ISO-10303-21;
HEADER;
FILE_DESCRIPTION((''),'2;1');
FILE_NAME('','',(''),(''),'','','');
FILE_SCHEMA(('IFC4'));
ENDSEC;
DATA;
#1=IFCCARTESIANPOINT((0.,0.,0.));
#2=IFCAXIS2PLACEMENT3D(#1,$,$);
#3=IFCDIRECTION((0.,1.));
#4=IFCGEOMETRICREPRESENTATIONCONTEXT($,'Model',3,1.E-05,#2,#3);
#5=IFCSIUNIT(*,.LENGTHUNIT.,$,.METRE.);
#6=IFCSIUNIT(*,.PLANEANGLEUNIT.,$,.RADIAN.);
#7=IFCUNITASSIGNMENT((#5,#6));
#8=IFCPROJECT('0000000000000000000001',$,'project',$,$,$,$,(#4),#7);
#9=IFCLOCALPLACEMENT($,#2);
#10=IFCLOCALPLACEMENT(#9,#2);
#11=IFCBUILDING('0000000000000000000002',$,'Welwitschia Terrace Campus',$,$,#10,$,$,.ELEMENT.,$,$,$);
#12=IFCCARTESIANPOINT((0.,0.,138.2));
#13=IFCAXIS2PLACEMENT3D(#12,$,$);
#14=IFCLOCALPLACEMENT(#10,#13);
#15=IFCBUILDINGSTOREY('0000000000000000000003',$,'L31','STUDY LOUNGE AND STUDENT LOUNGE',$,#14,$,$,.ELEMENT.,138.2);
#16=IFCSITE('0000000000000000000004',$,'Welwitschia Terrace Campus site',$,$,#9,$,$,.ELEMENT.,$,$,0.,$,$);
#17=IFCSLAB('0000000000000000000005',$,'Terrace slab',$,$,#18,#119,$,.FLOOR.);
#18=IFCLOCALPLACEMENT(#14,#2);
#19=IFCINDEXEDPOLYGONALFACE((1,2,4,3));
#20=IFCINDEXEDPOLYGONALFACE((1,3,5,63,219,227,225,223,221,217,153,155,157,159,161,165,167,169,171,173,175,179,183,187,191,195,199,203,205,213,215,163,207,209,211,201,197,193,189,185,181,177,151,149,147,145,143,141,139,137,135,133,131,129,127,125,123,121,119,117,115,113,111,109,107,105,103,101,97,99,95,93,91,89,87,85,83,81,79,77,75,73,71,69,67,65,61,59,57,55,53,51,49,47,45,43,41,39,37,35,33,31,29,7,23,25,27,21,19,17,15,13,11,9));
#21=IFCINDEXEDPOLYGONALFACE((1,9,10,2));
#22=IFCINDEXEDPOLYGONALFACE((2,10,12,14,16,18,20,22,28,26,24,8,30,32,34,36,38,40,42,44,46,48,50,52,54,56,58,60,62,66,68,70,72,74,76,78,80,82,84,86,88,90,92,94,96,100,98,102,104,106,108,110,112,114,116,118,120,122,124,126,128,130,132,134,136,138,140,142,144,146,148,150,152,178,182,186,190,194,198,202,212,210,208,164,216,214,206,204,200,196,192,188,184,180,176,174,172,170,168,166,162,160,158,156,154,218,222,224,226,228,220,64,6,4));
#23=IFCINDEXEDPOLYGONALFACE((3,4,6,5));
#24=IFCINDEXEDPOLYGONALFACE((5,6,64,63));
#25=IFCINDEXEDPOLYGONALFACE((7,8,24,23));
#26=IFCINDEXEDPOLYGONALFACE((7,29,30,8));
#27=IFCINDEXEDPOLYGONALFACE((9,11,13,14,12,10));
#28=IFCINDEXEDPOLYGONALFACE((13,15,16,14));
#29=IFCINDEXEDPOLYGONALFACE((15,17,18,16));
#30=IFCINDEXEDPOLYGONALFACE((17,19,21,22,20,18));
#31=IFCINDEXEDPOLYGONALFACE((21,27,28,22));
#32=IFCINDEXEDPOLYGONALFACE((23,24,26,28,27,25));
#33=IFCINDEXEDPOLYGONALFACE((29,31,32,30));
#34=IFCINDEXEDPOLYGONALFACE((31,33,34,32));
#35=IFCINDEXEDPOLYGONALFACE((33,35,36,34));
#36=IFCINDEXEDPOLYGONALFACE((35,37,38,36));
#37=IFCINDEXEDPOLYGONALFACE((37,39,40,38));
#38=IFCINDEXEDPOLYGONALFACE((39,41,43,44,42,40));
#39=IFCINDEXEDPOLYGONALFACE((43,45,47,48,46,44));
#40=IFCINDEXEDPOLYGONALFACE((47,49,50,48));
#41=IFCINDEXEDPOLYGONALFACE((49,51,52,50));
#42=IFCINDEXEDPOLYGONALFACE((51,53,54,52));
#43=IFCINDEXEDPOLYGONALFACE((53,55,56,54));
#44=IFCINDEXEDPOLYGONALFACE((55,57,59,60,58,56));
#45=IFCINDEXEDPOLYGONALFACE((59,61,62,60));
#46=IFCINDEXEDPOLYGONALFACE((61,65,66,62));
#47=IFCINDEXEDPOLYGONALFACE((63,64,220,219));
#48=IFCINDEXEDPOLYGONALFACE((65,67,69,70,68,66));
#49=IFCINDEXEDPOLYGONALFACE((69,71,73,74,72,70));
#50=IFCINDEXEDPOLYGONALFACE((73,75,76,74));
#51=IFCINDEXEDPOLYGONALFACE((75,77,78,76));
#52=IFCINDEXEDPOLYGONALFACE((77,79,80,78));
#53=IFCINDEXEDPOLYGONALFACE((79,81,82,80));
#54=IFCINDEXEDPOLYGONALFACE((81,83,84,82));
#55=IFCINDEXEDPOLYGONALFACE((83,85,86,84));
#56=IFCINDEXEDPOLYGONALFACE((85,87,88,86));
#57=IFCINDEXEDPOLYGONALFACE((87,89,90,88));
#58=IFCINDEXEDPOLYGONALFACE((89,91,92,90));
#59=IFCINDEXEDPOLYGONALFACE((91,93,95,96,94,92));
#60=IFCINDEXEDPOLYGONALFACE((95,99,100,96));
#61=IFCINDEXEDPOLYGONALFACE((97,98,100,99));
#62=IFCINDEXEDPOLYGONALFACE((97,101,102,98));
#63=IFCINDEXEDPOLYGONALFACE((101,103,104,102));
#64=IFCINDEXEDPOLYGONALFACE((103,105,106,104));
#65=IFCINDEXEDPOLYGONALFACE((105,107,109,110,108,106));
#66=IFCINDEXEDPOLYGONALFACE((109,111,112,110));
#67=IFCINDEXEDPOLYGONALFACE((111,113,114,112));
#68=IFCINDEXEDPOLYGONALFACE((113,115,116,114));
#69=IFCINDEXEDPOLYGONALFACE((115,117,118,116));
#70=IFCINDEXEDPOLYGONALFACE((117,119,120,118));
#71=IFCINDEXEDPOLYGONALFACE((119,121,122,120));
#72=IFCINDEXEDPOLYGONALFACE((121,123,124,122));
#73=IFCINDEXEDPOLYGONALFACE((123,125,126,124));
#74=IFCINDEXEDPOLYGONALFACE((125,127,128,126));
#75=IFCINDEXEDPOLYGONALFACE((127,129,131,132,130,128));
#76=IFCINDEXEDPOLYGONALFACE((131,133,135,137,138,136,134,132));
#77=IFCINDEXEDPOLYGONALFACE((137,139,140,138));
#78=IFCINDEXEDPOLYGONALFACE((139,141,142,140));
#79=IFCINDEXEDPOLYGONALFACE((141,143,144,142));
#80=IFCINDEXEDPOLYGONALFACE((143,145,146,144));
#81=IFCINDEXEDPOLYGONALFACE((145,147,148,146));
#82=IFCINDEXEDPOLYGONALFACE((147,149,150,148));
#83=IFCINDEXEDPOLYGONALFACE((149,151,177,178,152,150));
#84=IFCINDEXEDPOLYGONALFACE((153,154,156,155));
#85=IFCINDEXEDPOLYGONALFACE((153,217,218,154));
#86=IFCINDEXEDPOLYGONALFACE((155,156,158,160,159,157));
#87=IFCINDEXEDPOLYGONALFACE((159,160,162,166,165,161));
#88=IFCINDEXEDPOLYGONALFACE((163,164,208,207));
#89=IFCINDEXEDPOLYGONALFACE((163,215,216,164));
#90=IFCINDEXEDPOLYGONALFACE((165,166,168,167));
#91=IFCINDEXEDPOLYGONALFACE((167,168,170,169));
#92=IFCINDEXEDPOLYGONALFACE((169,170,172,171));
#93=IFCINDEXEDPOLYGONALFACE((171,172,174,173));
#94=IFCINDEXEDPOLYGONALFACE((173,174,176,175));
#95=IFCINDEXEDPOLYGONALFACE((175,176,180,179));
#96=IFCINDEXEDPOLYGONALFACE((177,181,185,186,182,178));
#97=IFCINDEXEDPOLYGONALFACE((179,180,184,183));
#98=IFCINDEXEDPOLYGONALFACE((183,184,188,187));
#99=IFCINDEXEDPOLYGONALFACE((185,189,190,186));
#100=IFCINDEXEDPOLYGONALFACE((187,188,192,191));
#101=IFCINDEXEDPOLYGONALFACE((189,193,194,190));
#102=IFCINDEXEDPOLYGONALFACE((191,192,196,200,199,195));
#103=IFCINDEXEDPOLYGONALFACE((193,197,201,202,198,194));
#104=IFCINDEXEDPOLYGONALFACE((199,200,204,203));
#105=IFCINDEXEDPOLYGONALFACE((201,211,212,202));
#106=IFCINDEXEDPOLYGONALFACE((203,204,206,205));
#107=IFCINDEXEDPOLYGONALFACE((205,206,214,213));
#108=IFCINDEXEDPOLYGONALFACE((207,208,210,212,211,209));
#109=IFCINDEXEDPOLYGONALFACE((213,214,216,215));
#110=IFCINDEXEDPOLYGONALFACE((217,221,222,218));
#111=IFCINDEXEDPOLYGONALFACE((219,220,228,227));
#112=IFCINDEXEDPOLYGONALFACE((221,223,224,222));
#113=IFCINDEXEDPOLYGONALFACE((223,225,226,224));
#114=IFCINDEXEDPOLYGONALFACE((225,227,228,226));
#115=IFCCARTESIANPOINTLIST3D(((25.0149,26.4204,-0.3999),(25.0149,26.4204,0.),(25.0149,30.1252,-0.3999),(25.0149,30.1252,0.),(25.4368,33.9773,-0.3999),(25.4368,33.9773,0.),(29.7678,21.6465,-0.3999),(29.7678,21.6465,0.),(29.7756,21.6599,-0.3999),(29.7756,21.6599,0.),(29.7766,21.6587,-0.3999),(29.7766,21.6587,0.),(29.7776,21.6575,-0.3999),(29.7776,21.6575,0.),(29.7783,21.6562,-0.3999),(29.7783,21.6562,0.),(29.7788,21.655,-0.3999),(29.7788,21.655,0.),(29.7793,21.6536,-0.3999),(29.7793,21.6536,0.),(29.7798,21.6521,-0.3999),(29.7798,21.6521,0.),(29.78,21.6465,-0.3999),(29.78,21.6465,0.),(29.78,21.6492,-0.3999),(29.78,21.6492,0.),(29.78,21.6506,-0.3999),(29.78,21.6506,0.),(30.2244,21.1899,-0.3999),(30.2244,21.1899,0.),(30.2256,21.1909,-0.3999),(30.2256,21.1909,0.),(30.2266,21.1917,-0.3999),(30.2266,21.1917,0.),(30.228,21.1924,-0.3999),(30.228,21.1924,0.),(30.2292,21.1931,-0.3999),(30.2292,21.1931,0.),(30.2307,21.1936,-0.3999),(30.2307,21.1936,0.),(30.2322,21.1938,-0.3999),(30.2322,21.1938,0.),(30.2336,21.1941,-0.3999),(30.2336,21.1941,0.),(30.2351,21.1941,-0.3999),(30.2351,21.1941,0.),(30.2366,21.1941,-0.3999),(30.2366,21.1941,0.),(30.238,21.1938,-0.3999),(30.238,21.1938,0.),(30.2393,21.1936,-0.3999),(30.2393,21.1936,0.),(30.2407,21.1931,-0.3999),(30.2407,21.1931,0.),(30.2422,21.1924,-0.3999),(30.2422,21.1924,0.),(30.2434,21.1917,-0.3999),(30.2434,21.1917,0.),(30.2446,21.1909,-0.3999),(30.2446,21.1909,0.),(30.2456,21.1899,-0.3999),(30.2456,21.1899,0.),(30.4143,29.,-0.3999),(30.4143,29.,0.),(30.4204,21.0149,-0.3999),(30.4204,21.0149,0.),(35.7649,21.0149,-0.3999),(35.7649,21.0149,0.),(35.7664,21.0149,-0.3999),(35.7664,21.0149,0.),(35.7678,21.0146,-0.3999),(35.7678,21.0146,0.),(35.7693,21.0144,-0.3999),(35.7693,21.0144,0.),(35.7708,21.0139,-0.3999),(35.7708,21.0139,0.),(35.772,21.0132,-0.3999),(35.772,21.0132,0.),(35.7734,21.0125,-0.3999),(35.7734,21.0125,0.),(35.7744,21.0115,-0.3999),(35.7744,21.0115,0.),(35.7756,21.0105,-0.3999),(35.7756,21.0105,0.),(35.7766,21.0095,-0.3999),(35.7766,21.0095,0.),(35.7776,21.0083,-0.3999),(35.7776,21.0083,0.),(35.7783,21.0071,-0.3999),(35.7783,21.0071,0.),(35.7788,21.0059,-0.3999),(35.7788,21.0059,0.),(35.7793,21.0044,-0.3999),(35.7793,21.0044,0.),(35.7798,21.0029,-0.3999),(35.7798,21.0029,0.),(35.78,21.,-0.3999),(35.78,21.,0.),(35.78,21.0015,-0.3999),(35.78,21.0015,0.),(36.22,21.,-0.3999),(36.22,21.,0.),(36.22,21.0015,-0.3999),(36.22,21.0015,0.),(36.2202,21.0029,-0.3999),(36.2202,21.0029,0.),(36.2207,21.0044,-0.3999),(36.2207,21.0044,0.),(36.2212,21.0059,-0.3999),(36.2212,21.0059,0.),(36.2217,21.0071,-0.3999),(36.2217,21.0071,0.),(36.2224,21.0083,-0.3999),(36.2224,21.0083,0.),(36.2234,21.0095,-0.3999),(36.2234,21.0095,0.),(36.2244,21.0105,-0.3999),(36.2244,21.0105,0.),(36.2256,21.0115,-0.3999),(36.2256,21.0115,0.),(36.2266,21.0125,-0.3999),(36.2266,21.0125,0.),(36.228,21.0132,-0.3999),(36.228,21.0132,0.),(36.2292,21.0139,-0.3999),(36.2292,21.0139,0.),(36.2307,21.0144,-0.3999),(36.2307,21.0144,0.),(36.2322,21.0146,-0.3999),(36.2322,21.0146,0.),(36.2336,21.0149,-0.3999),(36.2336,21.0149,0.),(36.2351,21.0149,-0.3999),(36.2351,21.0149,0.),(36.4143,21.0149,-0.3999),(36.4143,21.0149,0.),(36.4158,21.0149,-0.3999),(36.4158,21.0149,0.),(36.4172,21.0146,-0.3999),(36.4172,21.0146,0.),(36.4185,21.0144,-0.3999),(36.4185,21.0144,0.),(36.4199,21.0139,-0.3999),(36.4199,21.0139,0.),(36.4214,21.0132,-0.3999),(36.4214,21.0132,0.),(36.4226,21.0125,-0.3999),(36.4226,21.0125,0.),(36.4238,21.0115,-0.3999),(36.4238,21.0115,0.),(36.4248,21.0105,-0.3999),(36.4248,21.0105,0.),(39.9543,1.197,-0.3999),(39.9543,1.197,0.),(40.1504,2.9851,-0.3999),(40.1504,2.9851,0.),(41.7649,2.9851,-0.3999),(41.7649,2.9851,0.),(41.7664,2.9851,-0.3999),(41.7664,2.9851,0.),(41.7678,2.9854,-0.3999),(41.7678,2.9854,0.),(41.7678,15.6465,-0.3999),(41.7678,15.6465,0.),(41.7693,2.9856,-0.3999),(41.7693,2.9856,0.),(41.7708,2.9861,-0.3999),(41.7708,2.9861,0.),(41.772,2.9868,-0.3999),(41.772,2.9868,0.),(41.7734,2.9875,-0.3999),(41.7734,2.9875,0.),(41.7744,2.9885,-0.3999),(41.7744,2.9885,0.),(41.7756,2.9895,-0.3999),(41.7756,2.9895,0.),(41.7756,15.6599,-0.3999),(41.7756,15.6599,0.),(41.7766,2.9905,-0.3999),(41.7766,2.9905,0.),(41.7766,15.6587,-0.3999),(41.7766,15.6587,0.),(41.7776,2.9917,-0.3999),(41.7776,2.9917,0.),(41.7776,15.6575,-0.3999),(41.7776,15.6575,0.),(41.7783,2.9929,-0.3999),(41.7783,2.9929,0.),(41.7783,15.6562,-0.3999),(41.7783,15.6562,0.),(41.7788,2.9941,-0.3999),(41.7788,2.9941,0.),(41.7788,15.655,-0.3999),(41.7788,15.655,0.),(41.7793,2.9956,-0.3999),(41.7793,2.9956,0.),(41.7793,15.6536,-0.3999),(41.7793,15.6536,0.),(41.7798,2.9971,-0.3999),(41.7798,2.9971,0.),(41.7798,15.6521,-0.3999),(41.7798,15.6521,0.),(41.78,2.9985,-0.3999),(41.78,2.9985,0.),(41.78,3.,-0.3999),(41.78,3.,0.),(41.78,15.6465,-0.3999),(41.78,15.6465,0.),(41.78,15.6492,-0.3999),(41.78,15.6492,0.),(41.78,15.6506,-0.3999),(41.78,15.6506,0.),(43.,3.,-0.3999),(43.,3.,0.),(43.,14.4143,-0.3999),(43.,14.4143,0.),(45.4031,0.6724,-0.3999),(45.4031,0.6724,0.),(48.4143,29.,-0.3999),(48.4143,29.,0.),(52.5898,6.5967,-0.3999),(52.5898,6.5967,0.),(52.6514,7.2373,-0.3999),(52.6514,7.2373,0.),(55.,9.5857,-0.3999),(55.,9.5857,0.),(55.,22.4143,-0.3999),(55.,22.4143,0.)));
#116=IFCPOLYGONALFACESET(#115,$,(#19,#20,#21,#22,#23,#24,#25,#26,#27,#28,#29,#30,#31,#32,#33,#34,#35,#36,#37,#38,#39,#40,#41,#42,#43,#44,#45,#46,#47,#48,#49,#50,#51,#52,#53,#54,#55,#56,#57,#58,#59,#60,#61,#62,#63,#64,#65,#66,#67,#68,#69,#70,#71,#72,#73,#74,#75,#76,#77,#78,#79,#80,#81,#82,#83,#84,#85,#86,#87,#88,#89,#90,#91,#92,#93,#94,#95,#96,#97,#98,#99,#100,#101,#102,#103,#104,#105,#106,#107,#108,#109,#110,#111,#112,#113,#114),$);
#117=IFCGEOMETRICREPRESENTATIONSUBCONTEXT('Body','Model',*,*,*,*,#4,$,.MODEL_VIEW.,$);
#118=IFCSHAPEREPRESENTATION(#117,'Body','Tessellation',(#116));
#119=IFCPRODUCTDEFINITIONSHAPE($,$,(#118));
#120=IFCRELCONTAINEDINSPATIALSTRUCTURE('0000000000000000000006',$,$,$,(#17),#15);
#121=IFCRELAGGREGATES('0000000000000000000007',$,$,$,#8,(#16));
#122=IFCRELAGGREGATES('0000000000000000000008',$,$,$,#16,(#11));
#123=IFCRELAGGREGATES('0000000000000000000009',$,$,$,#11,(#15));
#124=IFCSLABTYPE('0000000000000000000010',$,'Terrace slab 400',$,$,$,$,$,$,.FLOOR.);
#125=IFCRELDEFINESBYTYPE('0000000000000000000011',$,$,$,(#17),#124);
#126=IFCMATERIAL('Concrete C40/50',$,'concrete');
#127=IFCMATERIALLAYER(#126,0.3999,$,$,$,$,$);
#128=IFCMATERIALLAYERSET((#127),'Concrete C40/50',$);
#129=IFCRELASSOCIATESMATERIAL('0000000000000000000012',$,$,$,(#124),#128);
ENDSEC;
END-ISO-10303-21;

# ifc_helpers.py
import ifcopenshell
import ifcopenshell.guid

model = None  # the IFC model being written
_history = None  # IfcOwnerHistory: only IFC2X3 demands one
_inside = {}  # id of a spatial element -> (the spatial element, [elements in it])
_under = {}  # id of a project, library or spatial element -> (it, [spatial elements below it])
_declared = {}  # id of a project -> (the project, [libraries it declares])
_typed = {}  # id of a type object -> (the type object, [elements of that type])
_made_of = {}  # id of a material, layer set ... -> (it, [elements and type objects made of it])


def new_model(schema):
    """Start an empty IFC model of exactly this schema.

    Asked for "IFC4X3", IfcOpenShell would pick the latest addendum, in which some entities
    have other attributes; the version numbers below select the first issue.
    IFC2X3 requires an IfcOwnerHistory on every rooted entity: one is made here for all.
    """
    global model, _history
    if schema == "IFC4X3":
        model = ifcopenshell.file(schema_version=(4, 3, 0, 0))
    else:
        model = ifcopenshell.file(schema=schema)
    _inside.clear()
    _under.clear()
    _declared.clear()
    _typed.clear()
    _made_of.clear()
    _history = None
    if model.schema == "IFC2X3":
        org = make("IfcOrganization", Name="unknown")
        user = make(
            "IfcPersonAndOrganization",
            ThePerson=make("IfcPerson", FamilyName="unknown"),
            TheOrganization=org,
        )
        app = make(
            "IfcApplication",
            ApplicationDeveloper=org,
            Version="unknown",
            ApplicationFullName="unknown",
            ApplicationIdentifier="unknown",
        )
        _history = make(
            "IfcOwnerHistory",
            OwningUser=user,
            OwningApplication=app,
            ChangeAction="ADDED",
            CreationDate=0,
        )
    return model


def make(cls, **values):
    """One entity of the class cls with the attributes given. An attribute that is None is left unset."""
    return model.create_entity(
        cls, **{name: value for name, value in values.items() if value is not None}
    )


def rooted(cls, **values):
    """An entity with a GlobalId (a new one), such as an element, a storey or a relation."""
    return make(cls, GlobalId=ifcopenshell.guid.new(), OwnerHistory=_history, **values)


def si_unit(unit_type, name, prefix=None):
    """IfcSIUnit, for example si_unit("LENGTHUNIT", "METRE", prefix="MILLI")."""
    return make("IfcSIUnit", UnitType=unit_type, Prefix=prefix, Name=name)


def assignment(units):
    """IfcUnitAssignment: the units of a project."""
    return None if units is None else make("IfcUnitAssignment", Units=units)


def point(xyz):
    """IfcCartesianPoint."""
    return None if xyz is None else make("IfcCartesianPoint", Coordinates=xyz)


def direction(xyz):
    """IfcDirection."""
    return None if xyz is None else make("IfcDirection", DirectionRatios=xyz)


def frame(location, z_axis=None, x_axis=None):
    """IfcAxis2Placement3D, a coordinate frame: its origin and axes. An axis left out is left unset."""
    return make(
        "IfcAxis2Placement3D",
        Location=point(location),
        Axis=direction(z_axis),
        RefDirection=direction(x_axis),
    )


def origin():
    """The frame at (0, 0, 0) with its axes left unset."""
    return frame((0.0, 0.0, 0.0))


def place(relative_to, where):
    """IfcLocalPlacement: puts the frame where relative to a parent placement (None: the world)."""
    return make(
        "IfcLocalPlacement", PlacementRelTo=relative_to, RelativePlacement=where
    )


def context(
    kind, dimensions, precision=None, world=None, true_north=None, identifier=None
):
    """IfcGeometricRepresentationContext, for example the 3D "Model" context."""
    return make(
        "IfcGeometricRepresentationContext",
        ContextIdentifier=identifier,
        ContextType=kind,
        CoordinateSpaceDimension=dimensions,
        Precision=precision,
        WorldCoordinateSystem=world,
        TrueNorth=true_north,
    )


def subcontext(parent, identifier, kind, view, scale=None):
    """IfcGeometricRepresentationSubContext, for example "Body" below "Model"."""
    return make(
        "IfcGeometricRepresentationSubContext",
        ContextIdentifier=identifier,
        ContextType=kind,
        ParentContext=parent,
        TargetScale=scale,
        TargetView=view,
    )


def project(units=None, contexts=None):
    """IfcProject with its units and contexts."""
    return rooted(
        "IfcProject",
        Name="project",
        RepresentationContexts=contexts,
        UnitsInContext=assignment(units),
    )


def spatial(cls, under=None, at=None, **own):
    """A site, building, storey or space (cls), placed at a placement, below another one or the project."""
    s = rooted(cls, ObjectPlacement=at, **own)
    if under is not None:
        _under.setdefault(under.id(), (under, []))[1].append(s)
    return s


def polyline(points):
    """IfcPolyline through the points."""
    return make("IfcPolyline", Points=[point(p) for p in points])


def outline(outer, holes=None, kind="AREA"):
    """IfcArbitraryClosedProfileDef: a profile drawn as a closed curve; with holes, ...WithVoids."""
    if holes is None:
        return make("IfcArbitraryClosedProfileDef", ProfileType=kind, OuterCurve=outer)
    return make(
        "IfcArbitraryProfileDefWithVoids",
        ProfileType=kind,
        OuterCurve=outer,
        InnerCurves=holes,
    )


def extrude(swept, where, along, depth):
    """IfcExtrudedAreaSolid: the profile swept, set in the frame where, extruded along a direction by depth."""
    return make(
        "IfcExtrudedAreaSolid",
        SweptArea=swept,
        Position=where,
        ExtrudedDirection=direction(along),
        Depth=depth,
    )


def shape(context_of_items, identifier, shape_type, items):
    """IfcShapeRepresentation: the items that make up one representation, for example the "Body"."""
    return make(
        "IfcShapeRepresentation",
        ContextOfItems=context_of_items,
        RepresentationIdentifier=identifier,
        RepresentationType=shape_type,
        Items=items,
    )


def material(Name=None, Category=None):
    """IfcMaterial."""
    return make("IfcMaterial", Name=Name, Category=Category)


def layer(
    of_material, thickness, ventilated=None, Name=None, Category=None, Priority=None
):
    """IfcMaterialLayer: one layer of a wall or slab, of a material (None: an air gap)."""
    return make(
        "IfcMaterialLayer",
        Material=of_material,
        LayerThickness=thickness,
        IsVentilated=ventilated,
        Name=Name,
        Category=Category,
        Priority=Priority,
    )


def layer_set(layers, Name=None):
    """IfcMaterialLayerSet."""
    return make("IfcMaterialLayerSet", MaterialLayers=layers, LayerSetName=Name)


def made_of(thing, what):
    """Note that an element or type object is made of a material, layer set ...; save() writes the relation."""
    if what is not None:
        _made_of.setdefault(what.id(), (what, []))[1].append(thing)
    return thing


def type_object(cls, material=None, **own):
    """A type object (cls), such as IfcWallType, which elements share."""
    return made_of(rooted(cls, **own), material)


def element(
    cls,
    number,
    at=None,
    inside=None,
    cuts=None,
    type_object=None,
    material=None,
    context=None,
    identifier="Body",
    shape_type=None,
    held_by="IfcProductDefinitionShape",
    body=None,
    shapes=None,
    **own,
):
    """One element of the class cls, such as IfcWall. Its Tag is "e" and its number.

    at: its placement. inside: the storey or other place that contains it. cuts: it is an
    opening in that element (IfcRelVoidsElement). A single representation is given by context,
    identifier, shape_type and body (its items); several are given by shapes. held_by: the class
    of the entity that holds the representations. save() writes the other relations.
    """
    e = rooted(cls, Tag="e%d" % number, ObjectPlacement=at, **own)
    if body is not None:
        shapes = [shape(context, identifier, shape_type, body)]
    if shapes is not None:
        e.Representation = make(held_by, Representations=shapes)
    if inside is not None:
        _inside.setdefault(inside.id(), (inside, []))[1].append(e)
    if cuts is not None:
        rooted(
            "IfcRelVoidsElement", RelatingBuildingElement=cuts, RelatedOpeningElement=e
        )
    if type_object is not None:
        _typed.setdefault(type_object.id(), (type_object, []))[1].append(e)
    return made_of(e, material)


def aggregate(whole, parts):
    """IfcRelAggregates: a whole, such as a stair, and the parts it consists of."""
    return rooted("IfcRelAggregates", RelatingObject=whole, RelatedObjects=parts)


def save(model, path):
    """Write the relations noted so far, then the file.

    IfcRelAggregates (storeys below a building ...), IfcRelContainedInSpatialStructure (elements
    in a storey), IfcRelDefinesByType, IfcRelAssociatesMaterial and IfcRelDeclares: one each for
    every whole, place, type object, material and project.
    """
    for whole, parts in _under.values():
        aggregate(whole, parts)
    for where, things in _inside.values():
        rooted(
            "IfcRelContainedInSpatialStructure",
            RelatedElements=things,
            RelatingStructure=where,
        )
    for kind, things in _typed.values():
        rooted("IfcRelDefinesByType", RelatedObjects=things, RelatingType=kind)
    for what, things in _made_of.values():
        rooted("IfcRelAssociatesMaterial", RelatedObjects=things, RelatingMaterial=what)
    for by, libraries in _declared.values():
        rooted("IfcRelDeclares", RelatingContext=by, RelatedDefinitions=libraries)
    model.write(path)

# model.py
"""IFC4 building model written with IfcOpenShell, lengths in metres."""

from ifc_helpers import new_model, si_unit, direction, frame, origin, place, context, subcontext, project, spatial, polyline, outline, extrude, material, layer, layer_set, type_object, element, save


model = new_model("IFC4")

# Units and contexts
model_context = context("Model", 3, precision=1e-05, world=origin(), true_north=direction((0.0, 1.0)))
body_context = subcontext(model_context, "Body", "Model", "MODEL_VIEW")
ifc_project = project(units=[si_unit("LENGTHUNIT", "METRE"), si_unit("PLANEANGLEUNIT", "RADIAN")], contexts=[model_context])

# Site, building, storey
site_placement = place(None, origin())
site = spatial("IfcSite", under=ifc_project, at=site_placement, Name="Welwitschia Terrace Campus site", CompositionType="ELEMENT", RefElevation=0.0)
building_placement = place(site_placement, origin())
building = spatial("IfcBuilding", under=site, at=building_placement, Name="Welwitschia Terrace Campus", CompositionType="ELEMENT")
storey_placement = place(building_placement, frame((0.0, 0.0, 138.2)))
storey = spatial("IfcBuildingStorey", under=building, at=storey_placement, Name="L31", Description="STUDY LOUNGE AND STUDENT LOUNGE", CompositionType="ELEMENT", Elevation=138.2)

# Slab
ifc_material_1 = material(Name="Concrete C40/50", Category="concrete")
ifc_layer_1 = layer(ifc_material_1, 0.3999)
ifc_layer_set_1 = layer_set([ifc_layer_1], Name="Concrete C40/50")
slab_type_1 = type_object("IfcSlabType", Name="Terrace slab 400", PredefinedType="FLOOR", material=ifc_layer_set_1)
slab_1_placement = place(storey_placement, frame((0.0, 0.0, -0.3999)))
element("IfcSlab", 1, at=slab_1_placement, inside=storey, type_object=slab_type_1, Name="Terrace slab", PredefinedType="FLOOR", context=body_context, shape_type="SweptSolid", body=[
    extrude(outline(polyline([(30.4143, 29.0), (48.4143, 29.0), (55.0, 22.4143), (55.0, 9.5857), (52.6514, 7.2373), (52.5898, 6.5967), (45.4031, 0.6724), (39.9543, 1.197), (40.1504, 2.9851), (41.7649, 2.9851), (41.7664, 2.9851), (41.7678, 2.9854), (41.7693, 2.9856), (41.7708, 2.9861), (41.772, 2.9868), (41.7734, 2.9875), (41.7744, 2.9885), (41.7756, 2.9895), (41.7766, 2.9905), (41.7776, 2.9917), (41.7783, 2.9929), (41.7788, 2.9941), (41.7793, 2.9956), (41.7798, 2.9971), (41.78, 2.9985), (41.78, 3.0), (43.0, 3.0), (43.0, 14.4143), (41.7678, 15.6465), (41.78, 15.6465), (41.78, 15.6492), (41.78, 15.6506), (41.7798, 15.6521), (41.7793, 15.6536), (41.7788, 15.655), (41.7783, 15.6562), (41.7776, 15.6575), (41.7766, 15.6587), (41.7756, 15.6599), (36.4248, 21.0105), (36.4238, 21.0115), (36.4226, 21.0125), (36.4214, 21.0132), (36.4199, 21.0139), (36.4185, 21.0144), (36.4172, 21.0146), (36.4158, 21.0149), (36.4143, 21.0149), (36.2351, 21.0149), (36.2336, 21.0149), (36.2322, 21.0146), (36.2307, 21.0144), (36.2292, 21.0139), (36.228, 21.0132), (36.2266, 21.0125), (36.2256, 21.0115), (36.2244, 21.0105), (36.2234, 21.0095), (36.2224, 21.0083), (36.2217, 21.0071), (36.2212, 21.0059), (36.2207, 21.0044), (36.2202, 21.0029), (36.22, 21.0015), (36.22, 21.0), (35.78, 21.0), (35.78, 21.0015), (35.7798, 21.0029), (35.7793, 21.0044), (35.7788, 21.0059), (35.7783, 21.0071), (35.7776, 21.0083), (35.7766, 21.0095), (35.7756, 21.0105), (35.7744, 21.0115), (35.7734, 21.0125), (35.772, 21.0132), (35.7708, 21.0139), (35.7693, 21.0144), (35.7678, 21.0146), (35.7664, 21.0149), (35.7649, 21.0149), (30.4204, 21.0149), (30.2456, 21.1899), (30.2446, 21.1909), (30.2434, 21.1917), (30.2422, 21.1924), (30.2407, 21.1931), (30.2393, 21.1936), (30.238, 21.1938), (30.2366, 21.1941), (30.2351, 21.1941), (30.2336, 21.1941), (30.2322, 21.1938), (30.2307, 21.1936), (30.2292, 21.1931), (30.228, 21.1924), (30.2266, 21.1917), (30.2256, 21.1909), (30.2244, 21.1899), (29.7678, 21.6465), (29.78, 21.6465), (29.78, 21.6492), (29.78, 21.6506), (29.7798, 21.6521), (29.7793, 21.6536), (29.7788, 21.655), (29.7783, 21.6562), (29.7776, 21.6575), (29.7766, 21.6587), (29.7756, 21.6599), (25.0149, 26.4204), (25.0149, 30.1252), (25.4368, 33.9773), (30.4143, 29.0)])), origin(), (0.0, 0.0, 1.0), 0.3999),
])

save(model, "model.ifc")
